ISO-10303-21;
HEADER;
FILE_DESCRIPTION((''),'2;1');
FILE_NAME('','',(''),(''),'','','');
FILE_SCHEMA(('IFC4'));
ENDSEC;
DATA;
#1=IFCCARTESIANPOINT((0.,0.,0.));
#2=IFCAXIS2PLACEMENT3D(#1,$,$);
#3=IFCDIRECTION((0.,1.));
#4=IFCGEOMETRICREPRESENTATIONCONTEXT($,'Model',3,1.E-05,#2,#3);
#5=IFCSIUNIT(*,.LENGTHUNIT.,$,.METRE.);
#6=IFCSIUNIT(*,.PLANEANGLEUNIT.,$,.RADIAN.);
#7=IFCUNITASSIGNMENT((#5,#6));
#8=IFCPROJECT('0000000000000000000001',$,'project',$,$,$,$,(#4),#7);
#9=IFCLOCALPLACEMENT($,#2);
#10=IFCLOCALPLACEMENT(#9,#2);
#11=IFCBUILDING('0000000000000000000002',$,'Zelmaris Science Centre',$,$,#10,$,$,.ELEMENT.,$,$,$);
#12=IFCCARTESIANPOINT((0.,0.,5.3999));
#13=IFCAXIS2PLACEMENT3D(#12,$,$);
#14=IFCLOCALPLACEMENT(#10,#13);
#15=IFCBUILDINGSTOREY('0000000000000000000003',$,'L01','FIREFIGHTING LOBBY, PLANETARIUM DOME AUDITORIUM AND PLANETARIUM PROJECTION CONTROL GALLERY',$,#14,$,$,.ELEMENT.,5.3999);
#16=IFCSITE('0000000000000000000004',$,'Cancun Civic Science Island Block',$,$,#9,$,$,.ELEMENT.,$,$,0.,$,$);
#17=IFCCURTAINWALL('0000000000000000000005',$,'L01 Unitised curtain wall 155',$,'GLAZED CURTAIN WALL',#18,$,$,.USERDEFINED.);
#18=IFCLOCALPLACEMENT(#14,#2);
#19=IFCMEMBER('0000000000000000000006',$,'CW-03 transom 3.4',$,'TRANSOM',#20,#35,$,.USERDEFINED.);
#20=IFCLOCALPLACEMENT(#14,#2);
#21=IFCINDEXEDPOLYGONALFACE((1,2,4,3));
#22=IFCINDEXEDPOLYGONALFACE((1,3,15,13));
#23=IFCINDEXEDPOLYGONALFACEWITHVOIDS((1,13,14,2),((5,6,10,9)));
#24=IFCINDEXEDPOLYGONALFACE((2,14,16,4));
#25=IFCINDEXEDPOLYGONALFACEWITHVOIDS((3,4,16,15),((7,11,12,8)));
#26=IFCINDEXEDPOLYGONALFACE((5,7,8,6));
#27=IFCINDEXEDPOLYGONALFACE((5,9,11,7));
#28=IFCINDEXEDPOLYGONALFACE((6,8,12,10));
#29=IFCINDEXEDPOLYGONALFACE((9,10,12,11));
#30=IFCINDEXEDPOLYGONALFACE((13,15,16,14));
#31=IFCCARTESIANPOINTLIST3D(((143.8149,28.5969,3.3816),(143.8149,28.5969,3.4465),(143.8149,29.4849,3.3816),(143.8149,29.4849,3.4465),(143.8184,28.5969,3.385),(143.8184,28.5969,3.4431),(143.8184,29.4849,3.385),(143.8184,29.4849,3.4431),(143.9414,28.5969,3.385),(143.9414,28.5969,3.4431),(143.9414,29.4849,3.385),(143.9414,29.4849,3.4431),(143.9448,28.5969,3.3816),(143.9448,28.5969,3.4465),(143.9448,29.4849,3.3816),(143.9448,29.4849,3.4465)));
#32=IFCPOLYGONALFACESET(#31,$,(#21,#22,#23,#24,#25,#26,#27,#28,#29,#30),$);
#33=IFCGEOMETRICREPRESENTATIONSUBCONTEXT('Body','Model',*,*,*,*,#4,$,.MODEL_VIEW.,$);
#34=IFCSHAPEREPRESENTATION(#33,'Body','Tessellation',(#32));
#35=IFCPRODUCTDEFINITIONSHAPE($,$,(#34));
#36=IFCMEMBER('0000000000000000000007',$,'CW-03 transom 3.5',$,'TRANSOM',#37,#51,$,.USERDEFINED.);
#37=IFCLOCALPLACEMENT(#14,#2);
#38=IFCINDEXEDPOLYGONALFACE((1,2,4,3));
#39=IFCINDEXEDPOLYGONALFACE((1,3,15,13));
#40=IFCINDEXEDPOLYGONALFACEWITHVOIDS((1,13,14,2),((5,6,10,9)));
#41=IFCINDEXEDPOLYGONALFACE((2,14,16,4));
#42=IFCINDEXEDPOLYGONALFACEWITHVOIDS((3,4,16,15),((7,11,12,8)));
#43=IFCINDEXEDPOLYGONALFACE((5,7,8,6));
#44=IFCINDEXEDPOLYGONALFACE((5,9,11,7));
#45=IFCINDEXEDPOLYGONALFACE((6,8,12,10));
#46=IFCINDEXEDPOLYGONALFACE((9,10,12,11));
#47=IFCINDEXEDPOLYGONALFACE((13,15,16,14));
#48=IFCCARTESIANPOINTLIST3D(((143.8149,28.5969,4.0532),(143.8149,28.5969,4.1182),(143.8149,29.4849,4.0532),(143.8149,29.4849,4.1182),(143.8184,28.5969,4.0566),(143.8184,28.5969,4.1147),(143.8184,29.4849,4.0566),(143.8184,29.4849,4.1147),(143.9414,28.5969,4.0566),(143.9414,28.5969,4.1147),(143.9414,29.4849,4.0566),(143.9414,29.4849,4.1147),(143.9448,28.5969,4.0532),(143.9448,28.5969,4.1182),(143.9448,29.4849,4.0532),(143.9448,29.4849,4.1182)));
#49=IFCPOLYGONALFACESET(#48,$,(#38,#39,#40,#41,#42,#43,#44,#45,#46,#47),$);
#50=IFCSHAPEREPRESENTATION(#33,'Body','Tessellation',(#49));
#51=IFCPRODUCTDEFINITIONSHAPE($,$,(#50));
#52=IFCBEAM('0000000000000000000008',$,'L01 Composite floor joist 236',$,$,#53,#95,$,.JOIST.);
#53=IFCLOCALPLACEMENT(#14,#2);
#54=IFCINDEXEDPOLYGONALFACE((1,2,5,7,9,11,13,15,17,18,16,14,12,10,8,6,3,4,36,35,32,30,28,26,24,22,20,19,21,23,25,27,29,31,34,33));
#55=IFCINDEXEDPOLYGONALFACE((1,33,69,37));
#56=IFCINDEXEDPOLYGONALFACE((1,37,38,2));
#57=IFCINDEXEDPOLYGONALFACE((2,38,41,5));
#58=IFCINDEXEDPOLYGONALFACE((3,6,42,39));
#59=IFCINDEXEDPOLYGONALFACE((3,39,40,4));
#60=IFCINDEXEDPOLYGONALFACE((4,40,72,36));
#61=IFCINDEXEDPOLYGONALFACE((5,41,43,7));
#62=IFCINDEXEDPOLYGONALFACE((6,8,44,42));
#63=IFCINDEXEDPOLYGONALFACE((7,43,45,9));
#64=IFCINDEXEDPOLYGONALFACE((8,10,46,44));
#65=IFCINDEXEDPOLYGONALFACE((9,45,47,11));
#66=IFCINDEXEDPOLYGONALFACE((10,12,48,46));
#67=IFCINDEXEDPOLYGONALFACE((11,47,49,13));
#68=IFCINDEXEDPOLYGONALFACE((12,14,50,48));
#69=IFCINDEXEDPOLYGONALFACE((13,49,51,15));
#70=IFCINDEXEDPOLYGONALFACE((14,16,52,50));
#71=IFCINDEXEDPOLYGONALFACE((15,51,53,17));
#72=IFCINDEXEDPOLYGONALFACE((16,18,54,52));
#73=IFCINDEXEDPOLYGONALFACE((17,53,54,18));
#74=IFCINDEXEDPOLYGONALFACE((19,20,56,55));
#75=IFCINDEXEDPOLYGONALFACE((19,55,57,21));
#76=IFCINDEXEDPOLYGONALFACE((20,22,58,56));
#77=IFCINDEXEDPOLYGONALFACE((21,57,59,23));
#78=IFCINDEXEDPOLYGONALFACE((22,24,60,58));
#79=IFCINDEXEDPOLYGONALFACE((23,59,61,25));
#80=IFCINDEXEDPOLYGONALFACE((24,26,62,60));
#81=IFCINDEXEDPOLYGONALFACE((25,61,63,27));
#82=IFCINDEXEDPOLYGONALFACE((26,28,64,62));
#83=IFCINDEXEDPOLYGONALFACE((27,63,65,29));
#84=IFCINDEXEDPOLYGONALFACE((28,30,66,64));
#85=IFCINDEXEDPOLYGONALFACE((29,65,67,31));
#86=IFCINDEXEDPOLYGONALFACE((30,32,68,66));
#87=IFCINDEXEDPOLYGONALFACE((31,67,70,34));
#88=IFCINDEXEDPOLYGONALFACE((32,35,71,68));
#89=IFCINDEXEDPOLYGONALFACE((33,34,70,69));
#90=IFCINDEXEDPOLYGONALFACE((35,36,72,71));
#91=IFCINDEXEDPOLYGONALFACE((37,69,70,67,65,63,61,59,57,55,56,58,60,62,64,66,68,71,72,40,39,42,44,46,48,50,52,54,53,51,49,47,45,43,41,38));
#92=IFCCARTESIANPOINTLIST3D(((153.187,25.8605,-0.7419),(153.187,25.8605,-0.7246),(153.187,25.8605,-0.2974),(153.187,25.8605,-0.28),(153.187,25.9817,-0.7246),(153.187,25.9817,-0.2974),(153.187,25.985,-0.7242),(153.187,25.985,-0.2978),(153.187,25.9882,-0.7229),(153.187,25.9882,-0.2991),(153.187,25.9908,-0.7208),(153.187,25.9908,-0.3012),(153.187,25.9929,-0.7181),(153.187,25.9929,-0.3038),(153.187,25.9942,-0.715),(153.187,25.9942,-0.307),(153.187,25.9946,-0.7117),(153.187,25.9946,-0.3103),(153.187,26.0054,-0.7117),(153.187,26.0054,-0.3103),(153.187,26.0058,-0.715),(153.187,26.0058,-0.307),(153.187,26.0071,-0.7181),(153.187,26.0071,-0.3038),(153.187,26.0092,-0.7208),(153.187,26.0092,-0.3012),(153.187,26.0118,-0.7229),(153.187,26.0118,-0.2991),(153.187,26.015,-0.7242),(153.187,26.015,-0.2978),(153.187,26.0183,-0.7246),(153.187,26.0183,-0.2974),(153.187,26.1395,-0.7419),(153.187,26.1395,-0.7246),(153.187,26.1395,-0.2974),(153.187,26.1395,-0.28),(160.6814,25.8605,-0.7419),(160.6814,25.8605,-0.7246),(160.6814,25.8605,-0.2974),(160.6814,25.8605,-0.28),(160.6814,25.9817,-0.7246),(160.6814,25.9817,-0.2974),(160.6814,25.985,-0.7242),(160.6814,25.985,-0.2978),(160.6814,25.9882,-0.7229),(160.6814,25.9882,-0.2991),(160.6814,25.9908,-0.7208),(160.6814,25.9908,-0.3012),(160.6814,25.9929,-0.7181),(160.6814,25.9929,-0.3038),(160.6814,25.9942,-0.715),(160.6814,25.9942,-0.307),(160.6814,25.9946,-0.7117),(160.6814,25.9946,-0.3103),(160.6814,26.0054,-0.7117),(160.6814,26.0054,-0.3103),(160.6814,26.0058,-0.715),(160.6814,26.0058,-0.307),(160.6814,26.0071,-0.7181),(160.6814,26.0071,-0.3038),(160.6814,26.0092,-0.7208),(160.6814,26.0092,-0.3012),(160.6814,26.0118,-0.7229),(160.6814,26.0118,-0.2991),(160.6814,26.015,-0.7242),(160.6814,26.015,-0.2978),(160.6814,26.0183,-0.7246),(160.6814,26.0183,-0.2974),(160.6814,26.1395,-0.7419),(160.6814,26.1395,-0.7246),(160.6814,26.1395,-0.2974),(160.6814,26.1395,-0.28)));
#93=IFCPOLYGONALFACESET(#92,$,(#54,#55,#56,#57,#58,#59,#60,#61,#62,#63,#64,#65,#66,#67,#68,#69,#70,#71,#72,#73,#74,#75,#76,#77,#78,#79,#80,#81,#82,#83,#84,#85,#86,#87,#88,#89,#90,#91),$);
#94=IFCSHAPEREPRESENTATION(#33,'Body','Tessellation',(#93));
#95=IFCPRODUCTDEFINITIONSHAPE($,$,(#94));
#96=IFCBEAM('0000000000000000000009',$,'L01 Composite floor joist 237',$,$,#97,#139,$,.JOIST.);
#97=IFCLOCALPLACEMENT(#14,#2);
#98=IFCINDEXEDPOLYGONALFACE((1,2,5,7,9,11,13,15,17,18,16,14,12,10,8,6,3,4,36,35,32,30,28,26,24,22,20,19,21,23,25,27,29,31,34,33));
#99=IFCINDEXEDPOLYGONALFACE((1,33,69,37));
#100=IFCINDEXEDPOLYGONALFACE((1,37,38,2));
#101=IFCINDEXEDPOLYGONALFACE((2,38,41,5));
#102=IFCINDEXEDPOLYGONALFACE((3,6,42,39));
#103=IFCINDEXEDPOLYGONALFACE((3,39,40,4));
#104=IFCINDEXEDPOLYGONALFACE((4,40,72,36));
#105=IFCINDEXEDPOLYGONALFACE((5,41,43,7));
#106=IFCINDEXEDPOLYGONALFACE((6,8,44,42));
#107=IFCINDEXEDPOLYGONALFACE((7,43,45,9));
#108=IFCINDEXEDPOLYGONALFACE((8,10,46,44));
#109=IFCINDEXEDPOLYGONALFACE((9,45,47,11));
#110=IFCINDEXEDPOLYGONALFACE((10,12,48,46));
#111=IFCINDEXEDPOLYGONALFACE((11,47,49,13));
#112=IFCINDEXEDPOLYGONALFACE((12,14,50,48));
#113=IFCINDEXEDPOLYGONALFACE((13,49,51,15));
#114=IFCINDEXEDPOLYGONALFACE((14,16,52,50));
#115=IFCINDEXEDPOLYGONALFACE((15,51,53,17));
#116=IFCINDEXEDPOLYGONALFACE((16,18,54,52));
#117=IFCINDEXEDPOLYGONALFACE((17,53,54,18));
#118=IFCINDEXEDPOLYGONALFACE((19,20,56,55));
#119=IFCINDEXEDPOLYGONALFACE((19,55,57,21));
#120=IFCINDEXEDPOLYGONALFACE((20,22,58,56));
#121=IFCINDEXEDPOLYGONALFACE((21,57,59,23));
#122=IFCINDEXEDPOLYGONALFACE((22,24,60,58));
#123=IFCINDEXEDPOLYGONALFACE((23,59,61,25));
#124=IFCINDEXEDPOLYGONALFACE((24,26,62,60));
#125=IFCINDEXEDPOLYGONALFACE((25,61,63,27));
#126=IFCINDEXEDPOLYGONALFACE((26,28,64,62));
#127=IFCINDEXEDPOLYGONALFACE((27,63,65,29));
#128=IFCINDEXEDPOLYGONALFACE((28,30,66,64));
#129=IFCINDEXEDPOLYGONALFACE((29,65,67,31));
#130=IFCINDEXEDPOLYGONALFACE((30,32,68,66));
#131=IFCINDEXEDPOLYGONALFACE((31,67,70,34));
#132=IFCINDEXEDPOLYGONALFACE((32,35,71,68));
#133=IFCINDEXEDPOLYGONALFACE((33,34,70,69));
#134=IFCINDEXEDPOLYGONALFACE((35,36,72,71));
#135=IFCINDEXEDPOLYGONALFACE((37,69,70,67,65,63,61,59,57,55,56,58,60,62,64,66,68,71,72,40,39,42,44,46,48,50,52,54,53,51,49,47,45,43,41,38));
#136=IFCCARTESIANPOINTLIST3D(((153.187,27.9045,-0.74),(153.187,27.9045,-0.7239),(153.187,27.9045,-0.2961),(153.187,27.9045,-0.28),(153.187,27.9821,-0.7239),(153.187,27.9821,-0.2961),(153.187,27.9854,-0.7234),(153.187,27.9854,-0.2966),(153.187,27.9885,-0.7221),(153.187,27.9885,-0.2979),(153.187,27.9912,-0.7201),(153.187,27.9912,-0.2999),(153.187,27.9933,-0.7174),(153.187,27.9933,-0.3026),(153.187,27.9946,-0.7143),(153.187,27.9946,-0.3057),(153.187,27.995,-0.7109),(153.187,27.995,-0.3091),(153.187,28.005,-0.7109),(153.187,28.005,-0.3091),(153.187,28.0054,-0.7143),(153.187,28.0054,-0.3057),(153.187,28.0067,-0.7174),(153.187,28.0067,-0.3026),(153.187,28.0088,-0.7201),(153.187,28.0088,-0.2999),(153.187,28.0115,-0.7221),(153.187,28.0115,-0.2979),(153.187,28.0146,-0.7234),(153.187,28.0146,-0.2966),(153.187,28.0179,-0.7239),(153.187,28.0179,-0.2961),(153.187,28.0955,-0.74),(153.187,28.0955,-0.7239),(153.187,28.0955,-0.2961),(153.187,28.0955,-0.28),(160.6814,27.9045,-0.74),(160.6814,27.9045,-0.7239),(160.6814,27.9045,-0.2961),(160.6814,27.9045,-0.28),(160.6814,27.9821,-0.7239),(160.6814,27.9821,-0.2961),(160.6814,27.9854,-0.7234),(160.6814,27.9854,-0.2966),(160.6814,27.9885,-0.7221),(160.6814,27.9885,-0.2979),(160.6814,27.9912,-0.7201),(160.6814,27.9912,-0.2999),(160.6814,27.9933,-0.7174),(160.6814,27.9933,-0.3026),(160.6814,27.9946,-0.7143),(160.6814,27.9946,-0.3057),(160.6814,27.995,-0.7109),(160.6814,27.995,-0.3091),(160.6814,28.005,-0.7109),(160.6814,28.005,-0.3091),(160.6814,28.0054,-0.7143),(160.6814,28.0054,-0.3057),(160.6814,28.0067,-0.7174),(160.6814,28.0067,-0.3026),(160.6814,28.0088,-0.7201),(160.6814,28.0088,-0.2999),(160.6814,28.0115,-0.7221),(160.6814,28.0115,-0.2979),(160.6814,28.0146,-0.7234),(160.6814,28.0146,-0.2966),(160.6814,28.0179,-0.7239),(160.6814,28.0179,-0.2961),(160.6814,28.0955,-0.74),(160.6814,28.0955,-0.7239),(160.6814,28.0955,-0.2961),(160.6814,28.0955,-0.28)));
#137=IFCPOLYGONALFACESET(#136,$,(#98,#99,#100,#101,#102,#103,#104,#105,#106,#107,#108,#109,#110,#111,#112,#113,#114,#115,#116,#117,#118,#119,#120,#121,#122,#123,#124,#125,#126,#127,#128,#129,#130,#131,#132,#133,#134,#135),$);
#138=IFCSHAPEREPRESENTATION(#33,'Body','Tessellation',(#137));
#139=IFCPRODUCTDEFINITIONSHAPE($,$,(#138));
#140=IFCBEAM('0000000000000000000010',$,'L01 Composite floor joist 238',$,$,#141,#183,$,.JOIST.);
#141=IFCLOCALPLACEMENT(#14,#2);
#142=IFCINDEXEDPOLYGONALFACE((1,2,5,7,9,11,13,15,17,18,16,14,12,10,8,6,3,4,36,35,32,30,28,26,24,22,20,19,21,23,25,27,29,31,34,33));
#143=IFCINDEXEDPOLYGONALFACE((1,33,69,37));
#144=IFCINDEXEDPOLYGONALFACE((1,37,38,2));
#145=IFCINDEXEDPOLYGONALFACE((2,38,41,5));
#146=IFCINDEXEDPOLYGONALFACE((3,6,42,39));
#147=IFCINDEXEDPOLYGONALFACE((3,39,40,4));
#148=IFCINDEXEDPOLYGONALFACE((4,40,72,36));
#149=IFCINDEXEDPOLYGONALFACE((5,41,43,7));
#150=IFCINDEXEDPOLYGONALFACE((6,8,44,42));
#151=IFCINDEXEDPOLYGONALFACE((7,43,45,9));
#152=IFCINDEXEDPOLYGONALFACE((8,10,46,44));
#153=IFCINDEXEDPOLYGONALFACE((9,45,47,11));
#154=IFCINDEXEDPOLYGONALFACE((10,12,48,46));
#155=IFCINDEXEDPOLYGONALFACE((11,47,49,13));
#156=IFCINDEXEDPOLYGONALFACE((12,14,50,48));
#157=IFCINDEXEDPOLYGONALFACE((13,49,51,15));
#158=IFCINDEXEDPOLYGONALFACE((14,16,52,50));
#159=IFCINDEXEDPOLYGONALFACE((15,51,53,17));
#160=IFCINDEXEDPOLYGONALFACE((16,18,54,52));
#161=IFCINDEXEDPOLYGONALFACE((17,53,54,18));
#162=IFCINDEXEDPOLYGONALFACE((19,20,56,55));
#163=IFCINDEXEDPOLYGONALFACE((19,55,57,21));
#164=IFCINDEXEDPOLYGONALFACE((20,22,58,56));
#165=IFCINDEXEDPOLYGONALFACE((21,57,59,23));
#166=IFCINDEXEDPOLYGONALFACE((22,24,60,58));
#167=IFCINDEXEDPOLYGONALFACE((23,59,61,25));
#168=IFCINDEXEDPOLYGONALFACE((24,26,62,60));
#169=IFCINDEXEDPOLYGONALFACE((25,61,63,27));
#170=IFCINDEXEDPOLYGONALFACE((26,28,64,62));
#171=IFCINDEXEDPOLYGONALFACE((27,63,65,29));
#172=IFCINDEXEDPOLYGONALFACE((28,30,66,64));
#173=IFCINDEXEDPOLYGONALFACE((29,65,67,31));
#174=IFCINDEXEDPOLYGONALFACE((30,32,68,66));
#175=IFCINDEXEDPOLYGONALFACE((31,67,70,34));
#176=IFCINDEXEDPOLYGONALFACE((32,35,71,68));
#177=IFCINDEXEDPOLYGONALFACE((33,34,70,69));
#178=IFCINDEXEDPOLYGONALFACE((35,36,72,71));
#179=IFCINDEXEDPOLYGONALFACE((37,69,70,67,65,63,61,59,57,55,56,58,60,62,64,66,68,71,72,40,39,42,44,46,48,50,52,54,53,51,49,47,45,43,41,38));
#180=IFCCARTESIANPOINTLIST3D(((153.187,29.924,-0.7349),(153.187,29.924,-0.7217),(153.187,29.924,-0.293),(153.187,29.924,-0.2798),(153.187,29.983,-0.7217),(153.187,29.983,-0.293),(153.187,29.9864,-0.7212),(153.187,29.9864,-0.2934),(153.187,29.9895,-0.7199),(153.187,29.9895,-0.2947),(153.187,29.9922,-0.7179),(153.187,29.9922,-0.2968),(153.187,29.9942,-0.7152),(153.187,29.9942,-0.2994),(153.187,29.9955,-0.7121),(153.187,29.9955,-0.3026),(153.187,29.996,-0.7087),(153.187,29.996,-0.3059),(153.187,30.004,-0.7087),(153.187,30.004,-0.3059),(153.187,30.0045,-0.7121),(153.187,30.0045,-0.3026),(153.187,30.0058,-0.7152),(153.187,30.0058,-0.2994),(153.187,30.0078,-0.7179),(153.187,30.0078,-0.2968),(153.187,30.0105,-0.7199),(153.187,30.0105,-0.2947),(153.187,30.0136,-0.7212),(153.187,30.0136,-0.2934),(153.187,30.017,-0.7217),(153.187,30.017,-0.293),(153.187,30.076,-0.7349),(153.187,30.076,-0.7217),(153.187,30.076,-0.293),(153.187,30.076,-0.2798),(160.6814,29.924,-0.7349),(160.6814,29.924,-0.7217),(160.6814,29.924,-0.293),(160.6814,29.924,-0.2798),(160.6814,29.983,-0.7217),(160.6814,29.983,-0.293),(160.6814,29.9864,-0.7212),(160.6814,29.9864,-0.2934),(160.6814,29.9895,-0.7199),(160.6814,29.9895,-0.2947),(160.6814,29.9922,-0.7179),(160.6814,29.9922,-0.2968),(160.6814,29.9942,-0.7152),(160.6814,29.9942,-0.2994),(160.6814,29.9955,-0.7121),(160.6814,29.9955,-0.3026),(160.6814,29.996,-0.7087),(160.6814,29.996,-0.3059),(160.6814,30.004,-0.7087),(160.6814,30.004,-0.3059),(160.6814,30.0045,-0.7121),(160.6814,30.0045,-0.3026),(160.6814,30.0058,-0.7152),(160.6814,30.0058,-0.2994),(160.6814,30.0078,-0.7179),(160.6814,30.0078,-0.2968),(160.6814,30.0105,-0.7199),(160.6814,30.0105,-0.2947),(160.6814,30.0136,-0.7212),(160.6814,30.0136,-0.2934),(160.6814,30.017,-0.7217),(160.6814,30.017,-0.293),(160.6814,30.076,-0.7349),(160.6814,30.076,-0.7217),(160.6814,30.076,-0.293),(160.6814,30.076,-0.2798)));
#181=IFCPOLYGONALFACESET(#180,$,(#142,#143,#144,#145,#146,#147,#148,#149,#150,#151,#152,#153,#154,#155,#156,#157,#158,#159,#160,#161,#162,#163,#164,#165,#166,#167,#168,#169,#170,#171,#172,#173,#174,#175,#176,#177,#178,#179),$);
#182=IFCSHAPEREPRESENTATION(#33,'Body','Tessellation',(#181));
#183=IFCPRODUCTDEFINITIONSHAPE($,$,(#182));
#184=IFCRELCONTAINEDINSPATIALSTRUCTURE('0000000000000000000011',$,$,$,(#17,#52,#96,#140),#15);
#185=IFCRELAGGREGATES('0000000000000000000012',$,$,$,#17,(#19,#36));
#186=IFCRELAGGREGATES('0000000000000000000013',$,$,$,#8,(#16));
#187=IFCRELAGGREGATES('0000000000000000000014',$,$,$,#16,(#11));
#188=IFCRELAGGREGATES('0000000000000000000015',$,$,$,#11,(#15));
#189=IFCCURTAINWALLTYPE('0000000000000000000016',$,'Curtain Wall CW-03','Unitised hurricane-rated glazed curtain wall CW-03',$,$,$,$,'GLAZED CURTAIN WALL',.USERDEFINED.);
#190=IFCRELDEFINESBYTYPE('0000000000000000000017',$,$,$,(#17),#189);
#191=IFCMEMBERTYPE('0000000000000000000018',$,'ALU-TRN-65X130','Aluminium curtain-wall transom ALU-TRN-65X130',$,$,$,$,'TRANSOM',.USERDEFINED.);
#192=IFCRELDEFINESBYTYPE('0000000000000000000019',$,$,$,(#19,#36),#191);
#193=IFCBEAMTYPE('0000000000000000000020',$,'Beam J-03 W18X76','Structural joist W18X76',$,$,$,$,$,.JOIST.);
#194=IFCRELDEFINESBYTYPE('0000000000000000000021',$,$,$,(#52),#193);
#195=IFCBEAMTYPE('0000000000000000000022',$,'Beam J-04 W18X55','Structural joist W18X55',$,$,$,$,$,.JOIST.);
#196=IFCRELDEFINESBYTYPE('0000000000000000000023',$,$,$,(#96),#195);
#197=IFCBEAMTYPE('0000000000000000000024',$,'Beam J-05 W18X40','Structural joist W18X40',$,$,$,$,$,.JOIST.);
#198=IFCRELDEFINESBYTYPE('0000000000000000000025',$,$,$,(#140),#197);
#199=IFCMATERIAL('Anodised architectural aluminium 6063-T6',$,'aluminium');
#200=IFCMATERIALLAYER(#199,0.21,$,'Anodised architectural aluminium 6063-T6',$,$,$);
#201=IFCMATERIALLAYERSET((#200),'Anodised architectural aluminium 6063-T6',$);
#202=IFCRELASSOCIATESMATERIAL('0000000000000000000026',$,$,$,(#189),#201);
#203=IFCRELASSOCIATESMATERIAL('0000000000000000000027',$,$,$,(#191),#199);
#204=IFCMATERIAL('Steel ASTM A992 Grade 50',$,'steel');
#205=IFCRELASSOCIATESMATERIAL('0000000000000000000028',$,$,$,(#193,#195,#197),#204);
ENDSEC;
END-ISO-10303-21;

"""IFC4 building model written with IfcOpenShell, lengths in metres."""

from ifc_helpers import new_model, si_unit, direction, frame, origin, origin_2d, place, context, subcontext, project, spatial, hollow_rectangle, i_section, extrude, material, layer, layer_set, material_profile, profile_set, type_object, element, aggregate, save


model = new_model("IFC4")

# Units and contexts
model_context = context("Model", 3, precision=1e-05, world=origin(), true_north=direction((0.0, 1.0)))
body_context = subcontext(model_context, "Body", "Model", "MODEL_VIEW")
ifc_project = project(units=[si_unit("LENGTHUNIT", "METRE"), si_unit("PLANEANGLEUNIT", "RADIAN")], contexts=[model_context])

# Site, building, storey
site_placement = place(None, origin())
site = spatial("IfcSite", under=ifc_project, at=site_placement, Name="Cancun Civic Science Island Block", CompositionType="ELEMENT", RefElevation=0.0)
building_placement = place(site_placement, origin())
building = spatial("IfcBuilding", under=site, at=building_placement, Name="Zelmaris Science Centre", CompositionType="ELEMENT")
storey_placement = place(building_placement, frame((0.0, 0.0, 5.3999)))
storey = spatial("IfcBuildingStorey", under=building, at=storey_placement, Name="L01", Description="FIREFIGHTING LOBBY, PLANETARIUM DOME AUDITORIUM AND PLANETARIUM PROJECTION CONTROL GALLERY", CompositionType="ELEMENT", Elevation=5.3999)

# Curtain wall, members
ifc_material_1 = material(Name="Anodised architectural aluminium 6063-T6", Category="aluminium")
ifc_layer_1 = layer(ifc_material_1, 0.21, Name="Anodised architectural aluminium 6063-T6")
ifc_layer_set_1 = layer_set([ifc_layer_1], Name="Anodised architectural aluminium 6063-T6")
curtain_wall_type = type_object("IfcCurtainWallType", Name="Curtain Wall CW-03", Description="Unitised hurricane-rated glazed curtain wall CW-03", ElementType="GLAZED CURTAIN WALL", PredefinedType="USERDEFINED", material=ifc_layer_set_1)
curtain_wall_placement = place(storey_placement, origin())
curtain_wall = element("IfcCurtainWall", 1, at=curtain_wall_placement, inside=storey, type_object=curtain_wall_type, Name="L01 Unitised curtain wall 155", ObjectType="GLAZED CURTAIN WALL", PredefinedType="USERDEFINED")
ifc_material_profile_1 = material_profile(ifc_material_1, hollow_rectangle(XDim=0.0649, YDim=0.1299, WallThickness=0.0034, at=origin_2d()), Name="ALU-TRN-65X130")
ifc_profile_set_1 = profile_set([ifc_material_profile_1], Name="Anodised architectural aluminium 6063-T6")
member_type_1 = type_object("IfcMemberType", Name="ALU-TRN-65X130", Description="Aluminium curtain-wall transom ALU-TRN-65X130", ElementType="TRANSOM", PredefinedType="USERDEFINED", material=ifc_profile_set_1)
member_1_placement = place(storey_placement, frame((143.8799, 29.4849, 3.4141), z_axis=(0.0, -1.0, 0.0), x_axis=(0.0, 0.0, 1.0)))
member_1 = element("IfcMember", 2, at=member_1_placement, type_object=member_type_1, Name="CW-03 transom 3.4", ObjectType="TRANSOM", PredefinedType="USERDEFINED", context=body_context, shape_type="SweptSolid", body=[
    extrude(hollow_rectangle(XDim=0.0649, YDim=0.1299, WallThickness=0.0034, at=origin_2d()), origin(), (0.0, 0.0, 1.0), 0.8879),
])
member_2_placement = place(storey_placement, frame((143.8799, 29.4849, 4.0857), z_axis=(0.0, -1.0, 0.0), x_axis=(0.0, 0.0, 1.0)))
member_2 = element("IfcMember", 3, at=member_2_placement, type_object=member_type_1, Name="CW-03 transom 3.5", ObjectType="TRANSOM", PredefinedType="USERDEFINED", context=body_context, shape_type="SweptSolid", body=[
    extrude(hollow_rectangle(XDim=0.0649, YDim=0.1299, WallThickness=0.0034, at=origin_2d()), origin(), (0.0, 0.0, 1.0), 0.8879),
])

# Beams
ifc_material_2 = material(Name="Steel ASTM A992 Grade 50", Category="steel")
ifc_material_profile_2 = material_profile(ifc_material_2, i_section(OverallWidth=0.2791, OverallDepth=0.4619, WebThickness=0.0107, FlangeThickness=0.0173, FilletRadius=0.0129, at=origin_2d()), Name="W18X76")
ifc_profile_set_2 = profile_set([ifc_material_profile_2], Name="Steel ASTM A992 Grade 50")
beam_type_1 = type_object("IfcBeamType", Name="Beam J-03 W18X76", Description="Structural joist W18X76", PredefinedType="JOIST", material=ifc_profile_set_2)
beam_1_placement = place(storey_placement, frame((153.187, 26.0, -0.511), z_axis=(1.0, 0.0, 0.0), x_axis=(0.0, 1.0, 0.0)))
element("IfcBeam", 4, at=beam_1_placement, inside=storey, type_object=beam_type_1, Name="L01 Composite floor joist 236", PredefinedType="JOIST", context=body_context, shape_type="SweptSolid", body=[
    extrude(i_section(OverallWidth=0.2791, OverallDepth=0.4619, WebThickness=0.0107, FlangeThickness=0.0173, FilletRadius=0.0129, at=origin_2d()), origin(), (0.0, 0.0, 1.0), 7.4944),
])
ifc_material_profile_3 = material_profile(ifc_material_2, i_section(OverallWidth=0.1909, OverallDepth=0.46, WebThickness=0.01, FlangeThickness=0.0161, FilletRadius=0.0129, at=origin_2d()), Name="W18X55")
ifc_profile_set_3 = profile_set([ifc_material_profile_3], Name="Steel ASTM A992 Grade 50")
beam_type_2 = type_object("IfcBeamType", Name="Beam J-04 W18X55", Description="Structural joist W18X55", PredefinedType="JOIST", material=ifc_profile_set_3)
beam_2_placement = place(storey_placement, frame((153.187, 28.0, -0.51), z_axis=(1.0, 0.0, 0.0), x_axis=(0.0, 1.0, 0.0)))
element("IfcBeam", 5, at=beam_2_placement, inside=storey, type_object=beam_type_2, Name="L01 Composite floor joist 237", PredefinedType="JOIST", context=body_context, shape_type="SweptSolid", body=[
    extrude(i_section(OverallWidth=0.1909, OverallDepth=0.46, WebThickness=0.01, FlangeThickness=0.0161, FilletRadius=0.0129, at=origin_2d()), origin(), (0.0, 0.0, 1.0), 7.4944),
])
ifc_material_profile_4 = material_profile(ifc_material_2, i_section(OverallWidth=0.1521, OverallDepth=0.4551, WebThickness=0.0081, FlangeThickness=0.0132, FilletRadius=0.0129, at=origin_2d()), Name="W18X40")
ifc_profile_set_4 = profile_set([ifc_material_profile_4], Name="Steel ASTM A992 Grade 50")
beam_type_3 = type_object("IfcBeamType", Name="Beam J-05 W18X40", Description="Structural joist W18X40", PredefinedType="JOIST", material=ifc_profile_set_4)
beam_3_placement = place(storey_placement, frame((153.187, 30.0, -0.5073), z_axis=(1.0, 0.0, 0.0), x_axis=(0.0, 1.0, 0.0)))
element("IfcBeam", 6, at=beam_3_placement, inside=storey, type_object=beam_type_3, Name="L01 Composite floor joist 238", PredefinedType="JOIST", context=body_context, shape_type="SweptSolid", body=[
    extrude(i_section(OverallWidth=0.1521, OverallDepth=0.4551, WebThickness=0.0081, FlangeThickness=0.0132, FilletRadius=0.0129, at=origin_2d()), origin(), (0.0, 0.0, 1.0), 7.4944),
])

aggregate(curtain_wall, [member_1, member_2])

save(model, "model.ifc")
